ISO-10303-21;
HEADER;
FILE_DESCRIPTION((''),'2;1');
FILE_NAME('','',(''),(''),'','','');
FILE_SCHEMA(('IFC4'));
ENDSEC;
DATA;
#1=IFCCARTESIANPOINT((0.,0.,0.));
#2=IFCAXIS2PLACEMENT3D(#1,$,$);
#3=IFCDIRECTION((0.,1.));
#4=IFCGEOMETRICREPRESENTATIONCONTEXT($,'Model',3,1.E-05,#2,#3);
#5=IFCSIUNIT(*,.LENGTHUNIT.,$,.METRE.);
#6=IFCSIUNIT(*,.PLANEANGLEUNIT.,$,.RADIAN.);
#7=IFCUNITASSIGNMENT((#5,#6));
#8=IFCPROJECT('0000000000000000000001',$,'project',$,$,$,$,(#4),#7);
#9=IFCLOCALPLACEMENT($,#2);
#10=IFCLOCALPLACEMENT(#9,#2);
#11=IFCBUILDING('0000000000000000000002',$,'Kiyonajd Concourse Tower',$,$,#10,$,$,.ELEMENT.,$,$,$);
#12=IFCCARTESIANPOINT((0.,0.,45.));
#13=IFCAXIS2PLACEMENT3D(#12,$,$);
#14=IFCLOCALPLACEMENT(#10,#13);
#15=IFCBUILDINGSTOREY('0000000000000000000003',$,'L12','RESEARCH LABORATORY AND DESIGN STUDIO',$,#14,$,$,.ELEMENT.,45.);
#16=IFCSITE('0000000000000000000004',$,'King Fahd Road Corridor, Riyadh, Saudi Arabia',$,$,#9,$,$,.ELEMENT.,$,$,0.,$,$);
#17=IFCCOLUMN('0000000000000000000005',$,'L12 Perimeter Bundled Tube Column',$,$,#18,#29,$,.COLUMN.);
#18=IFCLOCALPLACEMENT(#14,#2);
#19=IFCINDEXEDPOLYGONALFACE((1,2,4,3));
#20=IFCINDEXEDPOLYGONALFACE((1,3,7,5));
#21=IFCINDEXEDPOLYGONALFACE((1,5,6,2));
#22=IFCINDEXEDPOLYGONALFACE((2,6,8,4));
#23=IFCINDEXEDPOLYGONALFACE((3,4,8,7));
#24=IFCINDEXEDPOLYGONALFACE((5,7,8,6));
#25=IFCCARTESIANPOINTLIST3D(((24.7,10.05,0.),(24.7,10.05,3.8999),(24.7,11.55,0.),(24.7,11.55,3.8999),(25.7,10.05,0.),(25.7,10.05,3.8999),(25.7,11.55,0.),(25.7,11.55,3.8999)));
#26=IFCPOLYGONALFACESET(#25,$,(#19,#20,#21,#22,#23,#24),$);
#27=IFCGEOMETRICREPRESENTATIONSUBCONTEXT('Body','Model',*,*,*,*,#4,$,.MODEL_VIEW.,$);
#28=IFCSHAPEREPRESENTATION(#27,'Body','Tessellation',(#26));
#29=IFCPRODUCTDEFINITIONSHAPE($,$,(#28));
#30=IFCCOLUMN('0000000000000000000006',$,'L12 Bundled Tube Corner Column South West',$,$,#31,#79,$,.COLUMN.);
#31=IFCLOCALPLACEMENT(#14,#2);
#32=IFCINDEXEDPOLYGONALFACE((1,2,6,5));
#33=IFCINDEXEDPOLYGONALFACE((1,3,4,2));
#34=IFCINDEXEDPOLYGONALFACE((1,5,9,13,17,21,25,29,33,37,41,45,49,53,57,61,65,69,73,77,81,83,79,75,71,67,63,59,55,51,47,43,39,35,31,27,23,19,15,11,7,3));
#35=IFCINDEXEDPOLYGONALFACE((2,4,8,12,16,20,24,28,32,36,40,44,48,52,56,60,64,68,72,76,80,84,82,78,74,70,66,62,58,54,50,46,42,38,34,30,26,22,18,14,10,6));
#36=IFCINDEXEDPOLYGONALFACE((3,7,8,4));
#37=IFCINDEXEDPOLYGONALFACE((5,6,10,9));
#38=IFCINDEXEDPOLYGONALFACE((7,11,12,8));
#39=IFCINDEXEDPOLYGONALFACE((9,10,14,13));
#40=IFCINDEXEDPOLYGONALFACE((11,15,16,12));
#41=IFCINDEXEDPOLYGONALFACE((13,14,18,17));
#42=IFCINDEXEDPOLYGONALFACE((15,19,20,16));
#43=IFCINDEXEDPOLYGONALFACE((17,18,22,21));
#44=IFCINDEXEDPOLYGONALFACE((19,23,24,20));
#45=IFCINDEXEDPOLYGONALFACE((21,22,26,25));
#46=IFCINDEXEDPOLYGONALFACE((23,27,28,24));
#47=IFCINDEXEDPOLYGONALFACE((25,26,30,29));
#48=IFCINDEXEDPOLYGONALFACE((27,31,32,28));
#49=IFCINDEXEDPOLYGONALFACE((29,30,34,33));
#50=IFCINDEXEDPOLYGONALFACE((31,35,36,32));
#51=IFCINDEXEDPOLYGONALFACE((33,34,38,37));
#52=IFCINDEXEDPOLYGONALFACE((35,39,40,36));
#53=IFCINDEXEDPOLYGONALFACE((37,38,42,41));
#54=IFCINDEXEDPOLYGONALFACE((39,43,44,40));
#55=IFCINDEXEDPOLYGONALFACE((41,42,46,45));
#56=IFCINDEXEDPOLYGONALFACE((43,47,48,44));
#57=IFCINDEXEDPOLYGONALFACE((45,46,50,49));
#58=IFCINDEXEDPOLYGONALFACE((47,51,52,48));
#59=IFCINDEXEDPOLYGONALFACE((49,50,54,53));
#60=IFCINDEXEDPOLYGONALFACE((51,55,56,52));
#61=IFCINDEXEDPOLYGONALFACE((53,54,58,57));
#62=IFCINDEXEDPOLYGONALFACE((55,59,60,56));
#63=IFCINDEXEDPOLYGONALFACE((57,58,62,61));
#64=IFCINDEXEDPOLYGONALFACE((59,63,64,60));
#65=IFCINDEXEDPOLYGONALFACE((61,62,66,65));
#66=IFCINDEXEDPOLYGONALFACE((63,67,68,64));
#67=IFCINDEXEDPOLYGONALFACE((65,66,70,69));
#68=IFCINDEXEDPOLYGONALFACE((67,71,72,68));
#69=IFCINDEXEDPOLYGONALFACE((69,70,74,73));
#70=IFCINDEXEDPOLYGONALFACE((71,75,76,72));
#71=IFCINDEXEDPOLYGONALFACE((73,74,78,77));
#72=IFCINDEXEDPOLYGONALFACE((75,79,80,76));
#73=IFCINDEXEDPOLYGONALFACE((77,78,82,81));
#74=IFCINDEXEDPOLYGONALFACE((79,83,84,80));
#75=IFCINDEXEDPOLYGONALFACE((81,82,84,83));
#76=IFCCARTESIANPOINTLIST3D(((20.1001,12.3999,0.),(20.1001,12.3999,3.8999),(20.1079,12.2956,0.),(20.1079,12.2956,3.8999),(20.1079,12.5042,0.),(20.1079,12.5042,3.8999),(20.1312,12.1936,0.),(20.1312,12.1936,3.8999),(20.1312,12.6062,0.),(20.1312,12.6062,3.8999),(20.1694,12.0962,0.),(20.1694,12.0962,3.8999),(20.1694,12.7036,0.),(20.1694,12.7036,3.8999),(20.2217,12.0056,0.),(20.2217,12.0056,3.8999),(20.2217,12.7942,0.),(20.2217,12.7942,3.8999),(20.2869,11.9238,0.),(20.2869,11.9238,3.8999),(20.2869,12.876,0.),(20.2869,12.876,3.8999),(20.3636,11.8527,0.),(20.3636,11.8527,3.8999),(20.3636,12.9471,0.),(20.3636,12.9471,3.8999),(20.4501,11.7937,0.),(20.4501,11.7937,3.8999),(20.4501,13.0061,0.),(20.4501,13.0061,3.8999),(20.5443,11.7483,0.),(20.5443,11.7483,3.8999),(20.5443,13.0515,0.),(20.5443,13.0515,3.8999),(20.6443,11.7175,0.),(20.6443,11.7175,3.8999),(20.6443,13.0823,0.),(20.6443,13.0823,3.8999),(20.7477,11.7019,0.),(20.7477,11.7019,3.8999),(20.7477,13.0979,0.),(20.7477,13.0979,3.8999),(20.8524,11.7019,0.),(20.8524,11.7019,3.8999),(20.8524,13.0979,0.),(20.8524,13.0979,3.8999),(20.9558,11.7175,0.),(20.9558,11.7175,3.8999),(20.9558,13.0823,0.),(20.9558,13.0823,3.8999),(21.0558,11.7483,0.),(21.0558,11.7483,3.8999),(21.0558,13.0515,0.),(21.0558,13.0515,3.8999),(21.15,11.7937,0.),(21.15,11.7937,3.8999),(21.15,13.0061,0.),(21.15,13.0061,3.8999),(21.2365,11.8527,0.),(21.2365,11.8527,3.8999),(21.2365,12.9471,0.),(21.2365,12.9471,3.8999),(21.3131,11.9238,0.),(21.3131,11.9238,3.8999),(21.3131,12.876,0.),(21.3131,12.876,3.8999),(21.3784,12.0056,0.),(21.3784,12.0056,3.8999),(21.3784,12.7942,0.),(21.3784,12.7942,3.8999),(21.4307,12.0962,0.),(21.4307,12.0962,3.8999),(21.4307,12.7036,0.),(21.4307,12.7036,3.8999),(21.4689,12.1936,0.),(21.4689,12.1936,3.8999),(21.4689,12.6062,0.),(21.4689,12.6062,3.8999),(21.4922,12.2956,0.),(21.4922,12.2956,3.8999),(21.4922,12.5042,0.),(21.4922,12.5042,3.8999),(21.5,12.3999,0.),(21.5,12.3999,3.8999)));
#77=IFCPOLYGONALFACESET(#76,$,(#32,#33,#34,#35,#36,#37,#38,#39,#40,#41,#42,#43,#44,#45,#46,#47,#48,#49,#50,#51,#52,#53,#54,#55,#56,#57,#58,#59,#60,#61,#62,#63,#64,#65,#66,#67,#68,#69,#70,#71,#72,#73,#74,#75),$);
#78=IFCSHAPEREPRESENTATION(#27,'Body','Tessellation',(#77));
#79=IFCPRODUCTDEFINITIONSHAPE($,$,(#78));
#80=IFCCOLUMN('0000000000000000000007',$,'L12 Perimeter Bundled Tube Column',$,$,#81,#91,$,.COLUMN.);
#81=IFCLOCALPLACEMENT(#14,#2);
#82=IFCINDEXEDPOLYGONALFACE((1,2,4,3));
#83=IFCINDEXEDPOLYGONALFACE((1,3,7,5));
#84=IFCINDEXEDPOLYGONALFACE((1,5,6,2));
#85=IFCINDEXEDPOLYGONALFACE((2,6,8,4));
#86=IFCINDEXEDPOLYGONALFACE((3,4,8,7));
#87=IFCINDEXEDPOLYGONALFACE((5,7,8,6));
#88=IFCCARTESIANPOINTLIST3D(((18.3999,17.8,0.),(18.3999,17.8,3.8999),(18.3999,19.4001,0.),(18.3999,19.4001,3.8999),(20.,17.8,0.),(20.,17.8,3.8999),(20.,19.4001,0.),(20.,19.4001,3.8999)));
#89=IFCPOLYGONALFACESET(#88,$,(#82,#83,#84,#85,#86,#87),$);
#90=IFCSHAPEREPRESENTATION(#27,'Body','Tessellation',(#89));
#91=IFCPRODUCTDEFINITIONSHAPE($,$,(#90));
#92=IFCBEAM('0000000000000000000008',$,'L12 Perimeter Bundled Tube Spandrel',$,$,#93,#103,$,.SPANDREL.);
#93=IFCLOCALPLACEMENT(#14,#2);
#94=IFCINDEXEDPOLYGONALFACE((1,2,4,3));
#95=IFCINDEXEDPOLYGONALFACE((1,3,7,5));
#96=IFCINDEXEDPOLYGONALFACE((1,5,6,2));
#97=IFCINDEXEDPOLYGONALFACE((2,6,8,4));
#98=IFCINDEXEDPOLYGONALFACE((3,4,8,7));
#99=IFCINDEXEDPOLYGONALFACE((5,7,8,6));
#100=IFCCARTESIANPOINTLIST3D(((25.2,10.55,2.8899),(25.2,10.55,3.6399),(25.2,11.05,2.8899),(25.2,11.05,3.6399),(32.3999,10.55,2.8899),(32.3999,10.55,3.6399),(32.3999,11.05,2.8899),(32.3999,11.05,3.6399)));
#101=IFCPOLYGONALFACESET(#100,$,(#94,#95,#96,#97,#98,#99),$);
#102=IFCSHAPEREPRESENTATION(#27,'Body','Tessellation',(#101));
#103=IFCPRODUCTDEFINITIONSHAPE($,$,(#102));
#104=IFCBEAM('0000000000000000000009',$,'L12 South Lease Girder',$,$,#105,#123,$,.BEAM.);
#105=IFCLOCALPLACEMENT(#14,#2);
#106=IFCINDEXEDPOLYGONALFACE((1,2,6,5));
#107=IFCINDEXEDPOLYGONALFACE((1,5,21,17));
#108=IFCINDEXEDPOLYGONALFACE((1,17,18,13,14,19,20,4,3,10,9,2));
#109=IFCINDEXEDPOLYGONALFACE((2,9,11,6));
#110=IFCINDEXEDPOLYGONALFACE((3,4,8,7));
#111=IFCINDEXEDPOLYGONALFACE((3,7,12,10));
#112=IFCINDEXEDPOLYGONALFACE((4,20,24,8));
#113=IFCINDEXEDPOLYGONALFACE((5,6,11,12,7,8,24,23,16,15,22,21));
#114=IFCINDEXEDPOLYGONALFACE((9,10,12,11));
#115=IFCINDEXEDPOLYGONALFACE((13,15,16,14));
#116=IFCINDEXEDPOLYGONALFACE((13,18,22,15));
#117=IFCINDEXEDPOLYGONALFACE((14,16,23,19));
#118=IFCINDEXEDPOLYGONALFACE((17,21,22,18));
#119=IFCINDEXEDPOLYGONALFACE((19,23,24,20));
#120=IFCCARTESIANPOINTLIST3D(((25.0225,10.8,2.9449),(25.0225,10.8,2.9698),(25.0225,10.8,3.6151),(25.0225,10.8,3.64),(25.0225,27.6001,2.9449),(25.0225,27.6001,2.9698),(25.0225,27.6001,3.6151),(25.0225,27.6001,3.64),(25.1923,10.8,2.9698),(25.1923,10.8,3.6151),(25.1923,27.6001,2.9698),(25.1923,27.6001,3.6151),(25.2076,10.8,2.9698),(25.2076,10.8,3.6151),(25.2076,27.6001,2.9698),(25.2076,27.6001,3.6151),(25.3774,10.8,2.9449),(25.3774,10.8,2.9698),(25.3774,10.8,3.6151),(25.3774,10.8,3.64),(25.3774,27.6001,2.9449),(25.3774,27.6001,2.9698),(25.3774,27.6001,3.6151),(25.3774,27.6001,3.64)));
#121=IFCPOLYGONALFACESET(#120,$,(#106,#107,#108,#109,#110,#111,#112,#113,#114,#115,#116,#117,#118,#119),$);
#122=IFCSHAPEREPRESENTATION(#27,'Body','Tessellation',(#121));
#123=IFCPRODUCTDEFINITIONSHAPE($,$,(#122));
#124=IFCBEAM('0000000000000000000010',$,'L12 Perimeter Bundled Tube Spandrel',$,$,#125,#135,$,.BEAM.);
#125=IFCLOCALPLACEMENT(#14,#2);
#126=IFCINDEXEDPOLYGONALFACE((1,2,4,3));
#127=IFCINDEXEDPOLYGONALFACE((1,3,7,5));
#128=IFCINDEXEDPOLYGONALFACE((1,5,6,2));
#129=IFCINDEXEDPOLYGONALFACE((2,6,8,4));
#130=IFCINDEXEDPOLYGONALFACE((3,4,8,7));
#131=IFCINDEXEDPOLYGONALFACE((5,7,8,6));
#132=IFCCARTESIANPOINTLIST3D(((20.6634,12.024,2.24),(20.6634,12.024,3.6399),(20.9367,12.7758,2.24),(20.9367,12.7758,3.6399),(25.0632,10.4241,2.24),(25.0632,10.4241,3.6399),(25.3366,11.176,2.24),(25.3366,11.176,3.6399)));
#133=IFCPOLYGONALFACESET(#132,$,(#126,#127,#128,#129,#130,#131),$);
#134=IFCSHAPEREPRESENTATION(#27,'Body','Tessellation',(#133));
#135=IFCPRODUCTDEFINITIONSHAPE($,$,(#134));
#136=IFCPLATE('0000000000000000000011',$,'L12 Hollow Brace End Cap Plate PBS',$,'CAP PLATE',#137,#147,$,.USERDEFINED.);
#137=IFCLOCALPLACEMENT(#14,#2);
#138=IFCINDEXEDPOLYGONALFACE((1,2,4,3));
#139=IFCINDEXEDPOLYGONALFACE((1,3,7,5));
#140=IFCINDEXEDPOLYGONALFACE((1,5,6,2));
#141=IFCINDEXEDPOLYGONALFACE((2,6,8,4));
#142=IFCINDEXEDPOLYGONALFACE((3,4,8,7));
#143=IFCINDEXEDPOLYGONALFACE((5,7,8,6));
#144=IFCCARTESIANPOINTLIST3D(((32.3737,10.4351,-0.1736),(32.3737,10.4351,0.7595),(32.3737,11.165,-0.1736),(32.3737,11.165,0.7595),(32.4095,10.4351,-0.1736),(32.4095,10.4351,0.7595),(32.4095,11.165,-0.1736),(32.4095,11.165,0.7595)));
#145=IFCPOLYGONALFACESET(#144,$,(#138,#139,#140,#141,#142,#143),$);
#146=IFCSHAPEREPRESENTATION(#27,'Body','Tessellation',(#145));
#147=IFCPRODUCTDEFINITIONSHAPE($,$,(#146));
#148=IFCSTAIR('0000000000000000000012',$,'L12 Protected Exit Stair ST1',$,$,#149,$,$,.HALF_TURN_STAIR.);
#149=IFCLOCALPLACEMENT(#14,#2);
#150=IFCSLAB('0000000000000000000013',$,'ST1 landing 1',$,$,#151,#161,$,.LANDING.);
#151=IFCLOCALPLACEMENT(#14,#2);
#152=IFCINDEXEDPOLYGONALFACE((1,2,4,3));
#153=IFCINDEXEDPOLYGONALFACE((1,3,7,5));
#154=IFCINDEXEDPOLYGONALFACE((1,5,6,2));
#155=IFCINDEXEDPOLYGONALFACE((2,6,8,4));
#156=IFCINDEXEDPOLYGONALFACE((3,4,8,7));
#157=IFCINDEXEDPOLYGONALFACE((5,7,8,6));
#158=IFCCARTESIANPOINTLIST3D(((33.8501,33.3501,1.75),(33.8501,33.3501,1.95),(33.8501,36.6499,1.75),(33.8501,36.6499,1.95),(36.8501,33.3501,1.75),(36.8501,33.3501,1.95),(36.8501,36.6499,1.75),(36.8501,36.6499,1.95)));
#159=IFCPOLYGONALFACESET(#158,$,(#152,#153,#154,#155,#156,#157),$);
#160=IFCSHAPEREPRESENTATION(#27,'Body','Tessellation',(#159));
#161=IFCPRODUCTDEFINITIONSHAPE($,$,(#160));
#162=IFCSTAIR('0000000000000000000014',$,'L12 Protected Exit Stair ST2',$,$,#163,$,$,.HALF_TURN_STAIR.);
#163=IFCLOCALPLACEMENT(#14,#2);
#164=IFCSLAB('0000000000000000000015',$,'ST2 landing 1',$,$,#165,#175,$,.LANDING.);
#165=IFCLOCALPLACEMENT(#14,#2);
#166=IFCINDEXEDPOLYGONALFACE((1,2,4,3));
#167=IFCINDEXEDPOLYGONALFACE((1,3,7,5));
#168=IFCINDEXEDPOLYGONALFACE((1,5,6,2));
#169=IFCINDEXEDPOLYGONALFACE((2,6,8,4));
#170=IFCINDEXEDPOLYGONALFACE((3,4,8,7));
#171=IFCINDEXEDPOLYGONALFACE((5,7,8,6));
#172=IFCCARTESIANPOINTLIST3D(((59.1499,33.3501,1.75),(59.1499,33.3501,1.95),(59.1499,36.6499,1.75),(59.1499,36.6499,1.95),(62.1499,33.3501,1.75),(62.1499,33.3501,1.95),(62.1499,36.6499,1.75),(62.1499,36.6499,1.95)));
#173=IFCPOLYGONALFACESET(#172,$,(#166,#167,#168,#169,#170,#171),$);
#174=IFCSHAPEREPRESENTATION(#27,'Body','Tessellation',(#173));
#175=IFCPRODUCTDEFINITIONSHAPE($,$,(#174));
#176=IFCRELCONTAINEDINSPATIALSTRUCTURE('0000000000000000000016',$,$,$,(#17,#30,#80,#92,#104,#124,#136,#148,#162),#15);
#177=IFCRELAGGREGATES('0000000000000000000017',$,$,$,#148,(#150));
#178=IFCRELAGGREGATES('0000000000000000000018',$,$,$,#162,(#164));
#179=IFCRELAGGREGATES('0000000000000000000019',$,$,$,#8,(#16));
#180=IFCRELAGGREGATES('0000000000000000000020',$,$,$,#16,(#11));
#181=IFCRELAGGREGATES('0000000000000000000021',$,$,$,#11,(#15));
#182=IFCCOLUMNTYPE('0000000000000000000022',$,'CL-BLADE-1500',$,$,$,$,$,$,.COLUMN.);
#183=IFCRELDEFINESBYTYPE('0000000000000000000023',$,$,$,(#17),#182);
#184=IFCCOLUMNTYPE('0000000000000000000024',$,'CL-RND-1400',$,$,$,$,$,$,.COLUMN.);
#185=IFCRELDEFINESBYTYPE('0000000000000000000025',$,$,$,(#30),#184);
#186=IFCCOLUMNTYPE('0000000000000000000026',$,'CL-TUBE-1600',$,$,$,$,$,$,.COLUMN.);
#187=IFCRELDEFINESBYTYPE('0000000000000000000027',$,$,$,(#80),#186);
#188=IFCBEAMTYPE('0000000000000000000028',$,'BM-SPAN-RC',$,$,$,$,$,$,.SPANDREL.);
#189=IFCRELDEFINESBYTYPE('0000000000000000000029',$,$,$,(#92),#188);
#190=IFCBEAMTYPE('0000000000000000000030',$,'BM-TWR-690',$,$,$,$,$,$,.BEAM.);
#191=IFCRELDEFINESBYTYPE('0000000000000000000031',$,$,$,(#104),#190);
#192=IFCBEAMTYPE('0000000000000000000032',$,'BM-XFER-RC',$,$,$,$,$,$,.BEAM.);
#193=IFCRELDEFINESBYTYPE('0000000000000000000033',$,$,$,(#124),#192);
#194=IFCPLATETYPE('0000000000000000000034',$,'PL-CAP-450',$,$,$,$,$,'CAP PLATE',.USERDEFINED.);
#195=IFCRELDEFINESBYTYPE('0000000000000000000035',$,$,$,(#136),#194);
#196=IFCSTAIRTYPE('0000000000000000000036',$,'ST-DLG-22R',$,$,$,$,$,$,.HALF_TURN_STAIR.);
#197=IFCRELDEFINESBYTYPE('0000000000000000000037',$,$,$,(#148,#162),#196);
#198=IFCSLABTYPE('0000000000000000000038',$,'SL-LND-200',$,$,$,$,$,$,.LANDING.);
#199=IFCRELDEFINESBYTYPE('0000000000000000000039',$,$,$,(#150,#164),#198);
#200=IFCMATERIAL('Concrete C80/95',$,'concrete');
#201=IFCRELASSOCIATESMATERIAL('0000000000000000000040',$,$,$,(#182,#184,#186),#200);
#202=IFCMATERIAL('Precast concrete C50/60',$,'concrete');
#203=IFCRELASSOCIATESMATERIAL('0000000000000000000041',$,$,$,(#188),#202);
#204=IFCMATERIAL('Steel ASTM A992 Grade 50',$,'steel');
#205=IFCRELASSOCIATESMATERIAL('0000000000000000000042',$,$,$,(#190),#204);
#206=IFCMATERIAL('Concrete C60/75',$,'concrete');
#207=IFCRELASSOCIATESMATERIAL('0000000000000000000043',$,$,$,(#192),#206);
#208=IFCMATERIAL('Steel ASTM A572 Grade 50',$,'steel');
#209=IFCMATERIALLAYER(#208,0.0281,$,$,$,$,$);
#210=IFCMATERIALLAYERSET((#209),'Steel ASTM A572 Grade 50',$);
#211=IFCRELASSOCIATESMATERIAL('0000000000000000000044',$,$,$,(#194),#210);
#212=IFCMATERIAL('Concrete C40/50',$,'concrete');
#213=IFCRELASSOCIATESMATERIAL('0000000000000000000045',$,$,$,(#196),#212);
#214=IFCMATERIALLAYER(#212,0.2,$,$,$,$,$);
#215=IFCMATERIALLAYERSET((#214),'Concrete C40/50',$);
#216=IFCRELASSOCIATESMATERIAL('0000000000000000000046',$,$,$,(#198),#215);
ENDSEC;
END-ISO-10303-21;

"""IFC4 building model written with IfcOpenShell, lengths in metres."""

from ifc_helpers import new_model, si_unit, direction, frame, origin, origin_2d, place, context, subcontext, project, spatial, polyline, rectangle, circle, i_section, outline, extrude, material, layer, layer_set, material_profile, profile_set, type_object, element, aggregate, save


model = new_model("IFC4")

# Units and contexts
model_context = context("Model", 3, precision=1e-05, world=origin(), true_north=direction((0.0, 1.0)))
body_context = subcontext(model_context, "Body", "Model", "MODEL_VIEW")
ifc_project = project(units=[si_unit("LENGTHUNIT", "METRE"), si_unit("PLANEANGLEUNIT", "RADIAN")], contexts=[model_context])

# Site, building, storey
site_placement = place(None, origin())
site = spatial("IfcSite", under=ifc_project, at=site_placement, Name="King Fahd Road Corridor, Riyadh, Saudi Arabia", CompositionType="ELEMENT", RefElevation=0.0)
building_placement = place(site_placement, origin())
building = spatial("IfcBuilding", under=site, at=building_placement, Name="Kiyonajd Concourse Tower", CompositionType="ELEMENT")
storey_placement = place(building_placement, frame((0.0, 0.0, 45.0)))
storey = spatial("IfcBuildingStorey", under=building, at=storey_placement, Name="L12", Description="RESEARCH LABORATORY AND DESIGN STUDIO", CompositionType="ELEMENT", Elevation=45.0)

# Columns
ifc_material_1 = material(Name="Concrete C80/95", Category="concrete")
ifc_material_profile_1 = material_profile(ifc_material_1, rectangle(XDim=1.0, YDim=1.5, at=origin_2d()), Name="RC-1500x1000")
ifc_profile_set_1 = profile_set([ifc_material_profile_1], Name="Concrete C80/95")
column_type_1 = type_object("IfcColumnType", Name="CL-BLADE-1500", PredefinedType="COLUMN", material=ifc_profile_set_1)
column_1_placement = place(storey_placement, frame((25.2, 10.8, 0.0), z_axis=(0.0, 0.0, 1.0), x_axis=(1.0, 0.0, 0.0)))
element("IfcColumn", 1, at=column_1_placement, inside=storey, type_object=column_type_1, Name="L12 Perimeter Bundled Tube Column", PredefinedType="COLUMN", context=body_context, shape_type="SweptSolid", body=[
    extrude(rectangle(XDim=1.0, YDim=1.5, at=origin_2d()), origin(), (0.0, 0.0, 1.0), 3.8999),
])
ifc_material_profile_2 = material_profile(ifc_material_1, circle(Radius=0.7, at=origin_2d()), Name="RCC-D1400")
ifc_profile_set_2 = profile_set([ifc_material_profile_2], Name="Concrete C80/95")
column_type_2 = type_object("IfcColumnType", Name="CL-RND-1400", PredefinedType="COLUMN", material=ifc_profile_set_2)
column_2_placement = place(storey_placement, frame((20.8, 12.3999, 0.0), z_axis=(0.0, 0.0, 1.0), x_axis=(1.0, 0.0, 0.0)))
element("IfcColumn", 2, at=column_2_placement, inside=storey, type_object=column_type_2, Name="L12 Bundled Tube Corner Column South West", PredefinedType="COLUMN", context=body_context, shape_type="SweptSolid", body=[
    extrude(circle(Radius=0.7, at=origin_2d()), origin(), (0.0, 0.0, 1.0), 3.8999),
])
ifc_material_profile_3 = material_profile(ifc_material_1, rectangle(XDim=1.6001, YDim=1.6001, at=origin_2d()), Name="RC-1600x1600")
ifc_profile_set_3 = profile_set([ifc_material_profile_3], Name="Concrete C80/95")
column_type_3 = type_object("IfcColumnType", Name="CL-TUBE-1600", PredefinedType="COLUMN", material=ifc_profile_set_3)
column_3_placement = place(storey_placement, frame((19.2, 18.6001, 0.0), z_axis=(0.0, 0.0, 1.0), x_axis=(1.0, 0.0, 0.0)))
element("IfcColumn", 3, at=column_3_placement, inside=storey, type_object=column_type_3, Name="L12 Perimeter Bundled Tube Column", PredefinedType="COLUMN", context=body_context, shape_type="SweptSolid", body=[
    extrude(rectangle(XDim=1.6001, YDim=1.6001, at=origin_2d()), origin(), (0.0, 0.0, 1.0), 3.8999),
])

# Beams
ifc_material_2 = material(Name="Precast concrete C50/60", Category="concrete")
ifc_material_profile_4 = material_profile(ifc_material_2, rectangle(XDim=0.5, YDim=0.75, at=origin_2d()), Name="RCBM-500x750")
ifc_profile_set_4 = profile_set([ifc_material_profile_4], Name="Precast concrete C50/60")
beam_type_1 = type_object("IfcBeamType", Name="BM-SPAN-RC", PredefinedType="SPANDREL", material=ifc_profile_set_4)
beam_1_placement = place(storey_placement, frame((25.2, 10.8, 3.2649), z_axis=(1.0, 0.0, 0.0), x_axis=(0.0, 1.0, 0.0)))
element("IfcBeam", 4, at=beam_1_placement, inside=storey, type_object=beam_type_1, Name="L12 Perimeter Bundled Tube Spandrel", PredefinedType="SPANDREL", context=body_context, shape_type="SweptSolid", body=[
    extrude(rectangle(XDim=0.5, YDim=0.75, at=origin_2d()), origin(), (0.0, 0.0, 1.0), 7.2),
])
ifc_material_3 = material(Name="Steel ASTM A992 Grade 50", Category="steel")
ifc_material_profile_5 = material_profile(ifc_material_3, i_section(OverallWidth=0.355, OverallDepth=0.6951, WebThickness=0.0154, FlangeThickness=0.0249, at=origin_2d()), Name="W690X217")
ifc_profile_set_5 = profile_set([ifc_material_profile_5], Name="Steel ASTM A992 Grade 50")
beam_type_2 = type_object("IfcBeamType", Name="BM-TWR-690", PredefinedType="BEAM", material=ifc_profile_set_5)
beam_2_placement = place(storey_placement, frame((25.2, 10.8, 3.2925), z_axis=(0.0, 1.0, 0.0), x_axis=(-1.0, 0.0, 0.0)))
element("IfcBeam", 5, at=beam_2_placement, inside=storey, type_object=beam_type_2, Name="L12 South Lease Girder", PredefinedType="BEAM", context=body_context, shape_type="SweptSolid", body=[
    extrude(i_section(OverallWidth=0.355, OverallDepth=0.6951, WebThickness=0.0154, FlangeThickness=0.0249, at=origin_2d()), origin(), (0.0, 0.0, 1.0), 16.8),
])
ifc_material_4 = material(Name="Concrete C60/75", Category="concrete")
ifc_material_profile_6 = material_profile(ifc_material_4, rectangle(XDim=0.8, YDim=1.3999, at=origin_2d()), Name="RCBM-800x1400")
ifc_profile_set_6 = profile_set([ifc_material_profile_6], Name="Concrete C60/75")
beam_type_3 = type_object("IfcBeamType", Name="BM-XFER-RC", PredefinedType="BEAM", material=ifc_profile_set_6)
beam_3_placement = place(storey_placement, frame((20.8, 12.3999, 2.9399), z_axis=(0.939801, -0.341722, 0.0), x_axis=(0.341722, 0.939801, 0.0)))
element("IfcBeam", 6, at=beam_3_placement, inside=storey, type_object=beam_type_3, Name="L12 Perimeter Bundled Tube Spandrel", PredefinedType="BEAM", context=body_context, shape_type="SweptSolid", body=[
    extrude(rectangle(XDim=0.8, YDim=1.3999, at=origin_2d()), origin(), (0.0, 0.0, 1.0), 4.6816),
])

# Plate
ifc_material_5 = material(Name="Steel ASTM A572 Grade 50", Category="steel")
ifc_layer_1 = layer(ifc_material_5, 0.0281)
ifc_layer_set_1 = layer_set([ifc_layer_1], Name="Steel ASTM A572 Grade 50")
plate_type = type_object("IfcPlateType", Name="PL-CAP-450", ElementType="CAP PLATE", PredefinedType="USERDEFINED", material=ifc_layer_set_1)
plate_placement = place(storey_placement, frame((32.3916, 10.8, -0.1736), z_axis=(0.0, 0.0, 1.0), x_axis=(-1.0, 0.0, 0.0)))
element("IfcPlate", 7, at=plate_placement, inside=storey, type_object=plate_type, Name="L12 Hollow Brace End Cap Plate PBS", ObjectType="CAP PLATE", PredefinedType="USERDEFINED", context=body_context, shape_type="SweptSolid", body=[
    extrude(rectangle(XDim=0.0359, YDim=0.73, at=origin_2d()), origin(), (0.0, 0.0, 1.0), 0.9331),
])

# Stairs, slabs
ifc_material_6 = material(Name="Concrete C40/50", Category="concrete")
stair_type = type_object("IfcStairType", Name="ST-DLG-22R", PredefinedType="HALF_TURN_STAIR", material=ifc_material_6)
stair_1_placement = place(storey_placement, origin())
stair_1 = element("IfcStair", 8, at=stair_1_placement, inside=storey, type_object=stair_type, Name="L12 Protected Exit Stair ST1", PredefinedType="HALF_TURN_STAIR")
ifc_layer_2 = layer(ifc_material_6, 0.2)
ifc_layer_set_2 = layer_set([ifc_layer_2], Name="Concrete C40/50")
slab_type_1 = type_object("IfcSlabType", Name="SL-LND-200", PredefinedType="LANDING", material=ifc_layer_set_2)
slab_1_placement = place(storey_placement, frame((0.0, 0.0, 1.75)))
slab_1 = element("IfcSlab", 9, at=slab_1_placement, type_object=slab_type_1, Name="ST1 landing 1", PredefinedType="LANDING", context=body_context, shape_type="SweptSolid", body=[
    extrude(outline(polyline([(36.8501, 33.3501), (36.8501, 36.6499), (33.8501, 36.6499), (33.8501, 33.3501), (36.8501, 33.3501)])), origin(), (0.0, 0.0, 1.0), 0.2),
])
aggregate(stair_1, [slab_1])
stair_2_placement = place(storey_placement, origin())
stair_2 = element("IfcStair", 10, at=stair_2_placement, inside=storey, type_object=stair_type, Name="L12 Protected Exit Stair ST2", PredefinedType="HALF_TURN_STAIR")
slab_2_placement = place(storey_placement, frame((0.0, 0.0, 1.75)))
slab_2 = element("IfcSlab", 11, at=slab_2_placement, type_object=slab_type_1, Name="ST2 landing 1", PredefinedType="LANDING", context=body_context, shape_type="SweptSolid", body=[
    extrude(outline(polyline([(62.1499, 33.3501), (62.1499, 36.6499), (59.1499, 36.6499), (59.1499, 33.3501), (62.1499, 33.3501)])), origin(), (0.0, 0.0, 1.0), 0.2),
])
aggregate(stair_2, [slab_2])

save(model, "model.ifc")
